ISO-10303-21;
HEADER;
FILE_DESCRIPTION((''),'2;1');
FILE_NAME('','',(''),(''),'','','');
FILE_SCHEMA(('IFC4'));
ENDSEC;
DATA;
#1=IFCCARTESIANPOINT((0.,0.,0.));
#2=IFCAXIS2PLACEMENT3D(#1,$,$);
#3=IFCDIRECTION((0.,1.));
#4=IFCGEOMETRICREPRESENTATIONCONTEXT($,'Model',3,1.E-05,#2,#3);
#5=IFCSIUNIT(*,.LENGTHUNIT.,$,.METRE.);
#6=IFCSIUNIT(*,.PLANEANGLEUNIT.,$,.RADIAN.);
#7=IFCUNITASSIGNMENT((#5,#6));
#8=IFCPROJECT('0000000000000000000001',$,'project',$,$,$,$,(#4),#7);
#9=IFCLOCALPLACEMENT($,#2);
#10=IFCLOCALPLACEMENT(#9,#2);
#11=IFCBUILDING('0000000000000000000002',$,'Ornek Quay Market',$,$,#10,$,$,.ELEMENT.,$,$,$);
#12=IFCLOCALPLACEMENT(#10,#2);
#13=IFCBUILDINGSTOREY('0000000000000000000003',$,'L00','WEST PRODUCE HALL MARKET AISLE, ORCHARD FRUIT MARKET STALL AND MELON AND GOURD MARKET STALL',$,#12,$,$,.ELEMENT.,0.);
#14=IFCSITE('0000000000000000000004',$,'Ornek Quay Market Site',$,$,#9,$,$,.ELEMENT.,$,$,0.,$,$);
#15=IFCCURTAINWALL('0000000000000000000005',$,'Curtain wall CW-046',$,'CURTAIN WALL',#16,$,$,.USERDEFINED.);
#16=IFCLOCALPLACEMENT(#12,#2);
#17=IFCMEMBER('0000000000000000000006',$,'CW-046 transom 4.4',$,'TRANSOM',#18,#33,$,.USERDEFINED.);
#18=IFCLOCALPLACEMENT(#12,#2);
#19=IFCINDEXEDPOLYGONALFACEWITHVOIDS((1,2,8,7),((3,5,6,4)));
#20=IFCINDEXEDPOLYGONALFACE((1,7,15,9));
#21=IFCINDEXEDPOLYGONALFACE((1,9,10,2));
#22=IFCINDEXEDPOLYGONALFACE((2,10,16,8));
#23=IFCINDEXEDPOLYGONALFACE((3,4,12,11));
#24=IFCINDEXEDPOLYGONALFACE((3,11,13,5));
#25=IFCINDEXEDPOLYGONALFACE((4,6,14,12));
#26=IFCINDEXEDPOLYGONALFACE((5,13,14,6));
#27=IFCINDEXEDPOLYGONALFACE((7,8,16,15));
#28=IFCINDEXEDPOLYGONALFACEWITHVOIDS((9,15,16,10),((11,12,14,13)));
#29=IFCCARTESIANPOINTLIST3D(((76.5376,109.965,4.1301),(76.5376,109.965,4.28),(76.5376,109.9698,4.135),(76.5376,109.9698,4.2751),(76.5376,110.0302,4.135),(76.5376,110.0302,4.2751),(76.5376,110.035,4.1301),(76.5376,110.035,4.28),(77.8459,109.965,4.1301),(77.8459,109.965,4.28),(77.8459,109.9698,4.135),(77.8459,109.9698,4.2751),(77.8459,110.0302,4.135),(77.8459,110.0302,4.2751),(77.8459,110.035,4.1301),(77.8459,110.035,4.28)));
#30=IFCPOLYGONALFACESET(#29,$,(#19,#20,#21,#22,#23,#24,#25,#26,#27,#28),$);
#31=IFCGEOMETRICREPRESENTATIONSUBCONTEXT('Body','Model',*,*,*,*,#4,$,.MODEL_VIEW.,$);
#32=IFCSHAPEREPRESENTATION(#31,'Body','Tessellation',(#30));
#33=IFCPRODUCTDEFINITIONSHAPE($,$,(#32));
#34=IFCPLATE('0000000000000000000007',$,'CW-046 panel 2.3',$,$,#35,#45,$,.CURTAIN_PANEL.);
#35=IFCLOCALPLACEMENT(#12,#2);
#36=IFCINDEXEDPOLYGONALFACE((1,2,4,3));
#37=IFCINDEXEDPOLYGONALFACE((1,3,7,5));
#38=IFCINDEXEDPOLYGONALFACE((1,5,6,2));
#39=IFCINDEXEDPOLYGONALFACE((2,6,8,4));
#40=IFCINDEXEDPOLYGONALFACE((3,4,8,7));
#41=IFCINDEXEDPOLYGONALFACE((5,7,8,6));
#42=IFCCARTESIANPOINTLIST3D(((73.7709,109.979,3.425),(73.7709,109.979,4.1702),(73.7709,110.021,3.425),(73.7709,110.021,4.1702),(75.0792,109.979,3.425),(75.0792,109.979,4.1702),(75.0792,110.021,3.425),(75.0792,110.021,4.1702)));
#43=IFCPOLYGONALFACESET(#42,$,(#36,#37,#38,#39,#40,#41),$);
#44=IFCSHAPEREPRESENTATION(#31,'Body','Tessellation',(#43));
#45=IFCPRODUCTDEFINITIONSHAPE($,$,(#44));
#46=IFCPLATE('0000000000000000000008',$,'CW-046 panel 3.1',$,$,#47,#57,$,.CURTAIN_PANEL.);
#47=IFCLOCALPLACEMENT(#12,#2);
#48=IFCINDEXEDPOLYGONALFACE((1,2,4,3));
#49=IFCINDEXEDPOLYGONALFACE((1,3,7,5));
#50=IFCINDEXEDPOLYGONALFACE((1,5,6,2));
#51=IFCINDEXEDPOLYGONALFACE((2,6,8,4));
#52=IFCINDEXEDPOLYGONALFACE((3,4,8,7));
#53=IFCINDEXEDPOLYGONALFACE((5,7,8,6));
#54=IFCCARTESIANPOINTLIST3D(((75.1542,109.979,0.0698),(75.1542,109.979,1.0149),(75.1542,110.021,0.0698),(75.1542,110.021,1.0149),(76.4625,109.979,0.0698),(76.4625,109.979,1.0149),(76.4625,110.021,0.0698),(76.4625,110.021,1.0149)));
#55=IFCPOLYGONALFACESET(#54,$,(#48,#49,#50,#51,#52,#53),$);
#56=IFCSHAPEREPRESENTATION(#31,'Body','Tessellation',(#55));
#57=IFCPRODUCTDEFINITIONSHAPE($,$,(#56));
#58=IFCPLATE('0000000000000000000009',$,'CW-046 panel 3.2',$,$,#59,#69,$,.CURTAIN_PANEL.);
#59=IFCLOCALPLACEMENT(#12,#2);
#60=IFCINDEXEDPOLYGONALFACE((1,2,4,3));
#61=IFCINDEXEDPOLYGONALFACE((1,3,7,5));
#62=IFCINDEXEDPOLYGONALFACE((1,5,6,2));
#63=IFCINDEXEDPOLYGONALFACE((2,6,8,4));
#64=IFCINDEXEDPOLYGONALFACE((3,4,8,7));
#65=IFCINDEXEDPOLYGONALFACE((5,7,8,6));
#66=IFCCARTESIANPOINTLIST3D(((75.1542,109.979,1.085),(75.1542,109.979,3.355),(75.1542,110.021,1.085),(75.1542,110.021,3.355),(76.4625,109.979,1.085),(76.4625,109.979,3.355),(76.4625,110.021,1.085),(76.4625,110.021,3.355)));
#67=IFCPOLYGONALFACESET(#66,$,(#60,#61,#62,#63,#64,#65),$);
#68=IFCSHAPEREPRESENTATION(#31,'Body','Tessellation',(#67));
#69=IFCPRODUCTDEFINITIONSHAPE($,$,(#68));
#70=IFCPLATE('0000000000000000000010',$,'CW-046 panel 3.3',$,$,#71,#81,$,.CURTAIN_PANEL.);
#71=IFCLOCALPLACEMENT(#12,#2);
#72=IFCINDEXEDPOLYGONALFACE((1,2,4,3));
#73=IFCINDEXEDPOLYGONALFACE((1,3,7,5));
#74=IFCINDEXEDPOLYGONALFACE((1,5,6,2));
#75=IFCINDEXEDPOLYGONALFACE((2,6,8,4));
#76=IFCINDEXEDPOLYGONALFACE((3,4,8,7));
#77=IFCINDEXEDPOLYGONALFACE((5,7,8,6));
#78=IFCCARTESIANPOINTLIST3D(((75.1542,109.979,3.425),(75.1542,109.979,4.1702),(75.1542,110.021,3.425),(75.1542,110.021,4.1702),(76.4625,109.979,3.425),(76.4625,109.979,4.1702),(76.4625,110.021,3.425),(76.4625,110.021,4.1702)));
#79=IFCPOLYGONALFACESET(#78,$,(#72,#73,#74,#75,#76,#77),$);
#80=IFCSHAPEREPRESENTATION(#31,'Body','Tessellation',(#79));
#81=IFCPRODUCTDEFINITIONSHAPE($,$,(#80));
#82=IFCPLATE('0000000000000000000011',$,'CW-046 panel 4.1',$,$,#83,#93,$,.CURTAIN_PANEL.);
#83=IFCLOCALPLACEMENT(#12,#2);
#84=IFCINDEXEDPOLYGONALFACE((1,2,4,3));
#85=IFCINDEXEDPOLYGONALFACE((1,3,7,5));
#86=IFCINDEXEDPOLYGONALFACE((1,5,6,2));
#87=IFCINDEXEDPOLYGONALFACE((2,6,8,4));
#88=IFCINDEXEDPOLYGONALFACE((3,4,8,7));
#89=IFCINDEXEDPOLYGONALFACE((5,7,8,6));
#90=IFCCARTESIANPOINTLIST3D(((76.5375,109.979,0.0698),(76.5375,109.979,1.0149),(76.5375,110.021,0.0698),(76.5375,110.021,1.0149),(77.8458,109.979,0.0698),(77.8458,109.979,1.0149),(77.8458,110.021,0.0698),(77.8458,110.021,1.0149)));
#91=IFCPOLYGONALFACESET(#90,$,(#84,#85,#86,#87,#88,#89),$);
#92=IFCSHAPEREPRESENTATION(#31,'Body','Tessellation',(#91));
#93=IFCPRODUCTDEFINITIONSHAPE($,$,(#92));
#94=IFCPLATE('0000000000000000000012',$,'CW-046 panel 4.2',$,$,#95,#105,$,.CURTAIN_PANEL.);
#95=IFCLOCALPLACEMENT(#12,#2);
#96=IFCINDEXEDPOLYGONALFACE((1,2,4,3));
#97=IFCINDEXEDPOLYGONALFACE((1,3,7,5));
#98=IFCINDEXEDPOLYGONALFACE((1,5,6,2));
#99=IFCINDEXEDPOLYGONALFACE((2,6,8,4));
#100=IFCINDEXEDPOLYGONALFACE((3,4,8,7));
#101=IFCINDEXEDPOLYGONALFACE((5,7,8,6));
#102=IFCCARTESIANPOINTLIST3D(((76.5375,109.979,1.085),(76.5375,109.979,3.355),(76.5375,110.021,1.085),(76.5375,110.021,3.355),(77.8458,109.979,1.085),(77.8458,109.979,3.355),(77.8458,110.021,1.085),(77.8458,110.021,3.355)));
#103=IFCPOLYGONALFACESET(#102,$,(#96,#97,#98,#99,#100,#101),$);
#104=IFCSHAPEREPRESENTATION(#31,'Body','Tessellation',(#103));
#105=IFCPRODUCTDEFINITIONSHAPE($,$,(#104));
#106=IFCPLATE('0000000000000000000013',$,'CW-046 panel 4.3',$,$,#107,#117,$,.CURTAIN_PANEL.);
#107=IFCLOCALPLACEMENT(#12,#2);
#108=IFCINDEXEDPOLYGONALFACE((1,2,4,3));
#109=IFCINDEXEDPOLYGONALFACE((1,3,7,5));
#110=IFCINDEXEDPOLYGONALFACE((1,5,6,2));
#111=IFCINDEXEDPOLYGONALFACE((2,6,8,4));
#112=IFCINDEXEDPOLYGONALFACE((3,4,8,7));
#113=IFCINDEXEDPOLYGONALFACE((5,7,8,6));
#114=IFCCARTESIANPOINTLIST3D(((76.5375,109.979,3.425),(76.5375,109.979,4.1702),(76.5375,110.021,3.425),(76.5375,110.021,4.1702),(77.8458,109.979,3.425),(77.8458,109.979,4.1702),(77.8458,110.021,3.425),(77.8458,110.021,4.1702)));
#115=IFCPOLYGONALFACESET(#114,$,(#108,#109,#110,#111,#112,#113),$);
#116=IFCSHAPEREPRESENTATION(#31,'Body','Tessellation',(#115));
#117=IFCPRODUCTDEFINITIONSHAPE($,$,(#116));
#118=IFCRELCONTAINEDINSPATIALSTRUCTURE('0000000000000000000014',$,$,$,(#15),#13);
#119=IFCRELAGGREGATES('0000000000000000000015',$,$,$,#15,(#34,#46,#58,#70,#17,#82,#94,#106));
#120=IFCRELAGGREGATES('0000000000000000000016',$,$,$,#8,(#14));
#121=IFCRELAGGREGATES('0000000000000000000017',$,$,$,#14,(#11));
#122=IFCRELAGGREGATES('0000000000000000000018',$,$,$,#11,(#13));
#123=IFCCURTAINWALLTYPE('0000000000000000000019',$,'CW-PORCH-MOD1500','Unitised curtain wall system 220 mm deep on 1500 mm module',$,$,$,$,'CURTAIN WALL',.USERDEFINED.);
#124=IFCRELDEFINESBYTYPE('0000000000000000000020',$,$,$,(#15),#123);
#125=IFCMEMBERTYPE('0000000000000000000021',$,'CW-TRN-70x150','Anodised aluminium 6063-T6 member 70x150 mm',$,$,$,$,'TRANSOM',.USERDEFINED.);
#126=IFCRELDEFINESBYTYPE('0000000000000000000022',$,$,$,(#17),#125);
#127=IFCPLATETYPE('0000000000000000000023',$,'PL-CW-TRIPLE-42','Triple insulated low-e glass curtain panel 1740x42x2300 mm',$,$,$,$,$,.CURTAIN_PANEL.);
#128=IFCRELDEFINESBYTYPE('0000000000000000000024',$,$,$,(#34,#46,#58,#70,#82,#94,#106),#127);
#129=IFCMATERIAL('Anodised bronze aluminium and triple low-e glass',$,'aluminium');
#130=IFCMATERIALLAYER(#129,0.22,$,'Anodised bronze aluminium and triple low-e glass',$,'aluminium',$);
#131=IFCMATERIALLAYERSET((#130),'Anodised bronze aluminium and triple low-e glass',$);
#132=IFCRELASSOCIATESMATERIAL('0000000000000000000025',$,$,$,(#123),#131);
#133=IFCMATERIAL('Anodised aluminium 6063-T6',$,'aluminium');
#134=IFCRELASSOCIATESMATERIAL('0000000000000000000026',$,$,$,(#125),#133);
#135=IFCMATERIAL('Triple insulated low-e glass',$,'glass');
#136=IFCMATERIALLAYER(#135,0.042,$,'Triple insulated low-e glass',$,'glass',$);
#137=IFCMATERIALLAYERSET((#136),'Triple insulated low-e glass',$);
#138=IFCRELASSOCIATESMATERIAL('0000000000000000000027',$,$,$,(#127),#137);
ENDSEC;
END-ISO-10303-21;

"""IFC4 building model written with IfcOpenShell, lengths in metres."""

from ifc_helpers import new_model, si_unit, direction, frame, origin, origin_2d, place, context, subcontext, project, spatial, rectangle, hollow_rectangle, extrude, material, layer, layer_set, material_profile, profile_set, type_object, element, aggregate, save


model = new_model("IFC4")

# Units and contexts
model_context = context("Model", 3, precision=1e-05, world=origin(), true_north=direction((0.0, 1.0)))
body_context = subcontext(model_context, "Body", "Model", "MODEL_VIEW")
ifc_project = project(units=[si_unit("LENGTHUNIT", "METRE"), si_unit("PLANEANGLEUNIT", "RADIAN")], contexts=[model_context])

# Site, building, storey
site_placement = place(None, origin())
site = spatial("IfcSite", under=ifc_project, at=site_placement, Name="Ornek Quay Market Site", CompositionType="ELEMENT", RefElevation=0.0)
building_placement = place(site_placement, origin())
building = spatial("IfcBuilding", under=site, at=building_placement, Name="Ornek Quay Market", CompositionType="ELEMENT")
storey_placement = place(building_placement, origin())
storey = spatial("IfcBuildingStorey", under=building, at=storey_placement, Name="L00", Description="WEST PRODUCE HALL MARKET AISLE, ORCHARD FRUIT MARKET STALL AND MELON AND GOURD MARKET STALL", CompositionType="ELEMENT", Elevation=0.0)

# Curtain wall, member, plates
ifc_material_1 = material(Name="Anodised bronze aluminium and triple low-e glass", Category="aluminium")
ifc_layer_1 = layer(ifc_material_1, 0.22, Name="Anodised bronze aluminium and triple low-e glass", Category="aluminium")
ifc_layer_set_1 = layer_set([ifc_layer_1], Name="Anodised bronze aluminium and triple low-e glass")
curtain_wall_type = type_object("IfcCurtainWallType", Name="CW-PORCH-MOD1500", Description="Unitised curtain wall system 220 mm deep on 1500 mm module", ElementType="CURTAIN WALL", PredefinedType="USERDEFINED", material=ifc_layer_set_1)
curtain_wall_placement = place(storey_placement, origin())
curtain_wall = element("IfcCurtainWall", 1, at=curtain_wall_placement, inside=storey, type_object=curtain_wall_type, Name="Curtain wall CW-046", ObjectType="CURTAIN WALL", PredefinedType="USERDEFINED")
ifc_material_2 = material(Name="Anodised aluminium 6063-T6", Category="aluminium")
ifc_material_profile_1 = material_profile(ifc_material_2, hollow_rectangle(XDim=0.0701, YDim=0.1499, WallThickness=0.0049, at=origin_2d()), Name="CW-TRN-70x150", Category="aluminium")
ifc_profile_set_1 = profile_set([ifc_material_profile_1], Name="Anodised aluminium 6063-T6")
member_type_1 = type_object("IfcMemberType", Name="CW-TRN-70x150", Description="Anodised aluminium 6063-T6 member 70x150 mm", ElementType="TRANSOM", PredefinedType="USERDEFINED", material=ifc_profile_set_1)
member_1_placement = place(storey_placement, frame((76.5376, 110.0, 4.2051), z_axis=(1.0, 0.0, 0.0), x_axis=(0.0, 1.0, 0.0)))
member_1 = element("IfcMember", 2, at=member_1_placement, type_object=member_type_1, Name="CW-046 transom 4.4", ObjectType="TRANSOM", PredefinedType="USERDEFINED", context=body_context, shape_type="SweptSolid", body=[
    extrude(hollow_rectangle(XDim=0.0701, YDim=0.1499, WallThickness=0.0049, at=origin_2d()), origin(), (0.0, 0.0, 1.0), 1.3083),
])
ifc_material_3 = material(Name="Triple insulated low-e glass", Category="glass")
ifc_layer_2 = layer(ifc_material_3, 0.042, Name="Triple insulated low-e glass", Category="glass")
ifc_layer_set_2 = layer_set([ifc_layer_2], Name="Triple insulated low-e glass")
plate_type = type_object("IfcPlateType", Name="PL-CW-TRIPLE-42", Description="Triple insulated low-e glass curtain panel 1740x42x2300 mm", PredefinedType="CURTAIN_PANEL", material=ifc_layer_set_2)
plate_1_placement = place(storey_placement, frame((74.425, 110.0, 3.425), z_axis=(0.0, 0.0, 1.0), x_axis=(1.0, 0.0, 0.0)))
plate_1 = element("IfcPlate", 3, at=plate_1_placement, type_object=plate_type, Name="CW-046 panel 2.3", PredefinedType="CURTAIN_PANEL", context=body_context, shape_type="SweptSolid", body=[
    extrude(rectangle(XDim=1.3083, YDim=0.042, at=origin_2d()), origin(), (0.0, 0.0, 1.0), 0.7451),
])
plate_2_placement = place(storey_placement, frame((75.8083, 110.0, 0.0698), z_axis=(0.0, 0.0, 1.0), x_axis=(1.0, 0.0, 0.0)))
plate_2 = element("IfcPlate", 4, at=plate_2_placement, type_object=plate_type, Name="CW-046 panel 3.1", PredefinedType="CURTAIN_PANEL", context=body_context, shape_type="SweptSolid", body=[
    extrude(rectangle(XDim=1.3083, YDim=0.042, at=origin_2d()), origin(), (0.0, 0.0, 1.0), 0.9451),
])
plate_3_placement = place(storey_placement, frame((75.8083, 110.0, 1.085), z_axis=(0.0, 0.0, 1.0), x_axis=(1.0, 0.0, 0.0)))
plate_3 = element("IfcPlate", 5, at=plate_3_placement, type_object=plate_type, Name="CW-046 panel 3.2", PredefinedType="CURTAIN_PANEL", context=body_context, shape_type="SweptSolid", body=[
    extrude(rectangle(XDim=1.3083, YDim=0.042, at=origin_2d()), origin(), (0.0, 0.0, 1.0), 2.27),
])
plate_4_placement = place(storey_placement, frame((75.8083, 110.0, 3.425), z_axis=(0.0, 0.0, 1.0), x_axis=(1.0, 0.0, 0.0)))
plate_4 = element("IfcPlate", 6, at=plate_4_placement, type_object=plate_type, Name="CW-046 panel 3.3", PredefinedType="CURTAIN_PANEL", context=body_context, shape_type="SweptSolid", body=[
    extrude(rectangle(XDim=1.3083, YDim=0.042, at=origin_2d()), origin(), (0.0, 0.0, 1.0), 0.7451),
])
plate_5_placement = place(storey_placement, frame((77.1917, 110.0, 0.0698), z_axis=(0.0, 0.0, 1.0), x_axis=(1.0, 0.0, 0.0)))
plate_5 = element("IfcPlate", 7, at=plate_5_placement, type_object=plate_type, Name="CW-046 panel 4.1", PredefinedType="CURTAIN_PANEL", context=body_context, shape_type="SweptSolid", body=[
    extrude(rectangle(XDim=1.3083, YDim=0.042, at=origin_2d()), origin(), (0.0, 0.0, 1.0), 0.9451),
])
plate_6_placement = place(storey_placement, frame((77.1917, 110.0, 1.085), z_axis=(0.0, 0.0, 1.0), x_axis=(1.0, 0.0, 0.0)))
plate_6 = element("IfcPlate", 8, at=plate_6_placement, type_object=plate_type, Name="CW-046 panel 4.2", PredefinedType="CURTAIN_PANEL", context=body_context, shape_type="SweptSolid", body=[
    extrude(rectangle(XDim=1.3083, YDim=0.042, at=origin_2d()), origin(), (0.0, 0.0, 1.0), 2.27),
])
plate_7_placement = place(storey_placement, frame((77.1917, 110.0, 3.425), z_axis=(0.0, 0.0, 1.0), x_axis=(1.0, 0.0, 0.0)))
plate_7 = element("IfcPlate", 9, at=plate_7_placement, type_object=plate_type, Name="CW-046 panel 4.3", PredefinedType="CURTAIN_PANEL", context=body_context, shape_type="SweptSolid", body=[
    extrude(rectangle(XDim=1.3083, YDim=0.042, at=origin_2d()), origin(), (0.0, 0.0, 1.0), 0.7451),
])
aggregate(curtain_wall, [plate_1, plate_2, plate_3, plate_4, member_1, plate_5, plate_6, plate_7])

save(model, "model.ifc")
